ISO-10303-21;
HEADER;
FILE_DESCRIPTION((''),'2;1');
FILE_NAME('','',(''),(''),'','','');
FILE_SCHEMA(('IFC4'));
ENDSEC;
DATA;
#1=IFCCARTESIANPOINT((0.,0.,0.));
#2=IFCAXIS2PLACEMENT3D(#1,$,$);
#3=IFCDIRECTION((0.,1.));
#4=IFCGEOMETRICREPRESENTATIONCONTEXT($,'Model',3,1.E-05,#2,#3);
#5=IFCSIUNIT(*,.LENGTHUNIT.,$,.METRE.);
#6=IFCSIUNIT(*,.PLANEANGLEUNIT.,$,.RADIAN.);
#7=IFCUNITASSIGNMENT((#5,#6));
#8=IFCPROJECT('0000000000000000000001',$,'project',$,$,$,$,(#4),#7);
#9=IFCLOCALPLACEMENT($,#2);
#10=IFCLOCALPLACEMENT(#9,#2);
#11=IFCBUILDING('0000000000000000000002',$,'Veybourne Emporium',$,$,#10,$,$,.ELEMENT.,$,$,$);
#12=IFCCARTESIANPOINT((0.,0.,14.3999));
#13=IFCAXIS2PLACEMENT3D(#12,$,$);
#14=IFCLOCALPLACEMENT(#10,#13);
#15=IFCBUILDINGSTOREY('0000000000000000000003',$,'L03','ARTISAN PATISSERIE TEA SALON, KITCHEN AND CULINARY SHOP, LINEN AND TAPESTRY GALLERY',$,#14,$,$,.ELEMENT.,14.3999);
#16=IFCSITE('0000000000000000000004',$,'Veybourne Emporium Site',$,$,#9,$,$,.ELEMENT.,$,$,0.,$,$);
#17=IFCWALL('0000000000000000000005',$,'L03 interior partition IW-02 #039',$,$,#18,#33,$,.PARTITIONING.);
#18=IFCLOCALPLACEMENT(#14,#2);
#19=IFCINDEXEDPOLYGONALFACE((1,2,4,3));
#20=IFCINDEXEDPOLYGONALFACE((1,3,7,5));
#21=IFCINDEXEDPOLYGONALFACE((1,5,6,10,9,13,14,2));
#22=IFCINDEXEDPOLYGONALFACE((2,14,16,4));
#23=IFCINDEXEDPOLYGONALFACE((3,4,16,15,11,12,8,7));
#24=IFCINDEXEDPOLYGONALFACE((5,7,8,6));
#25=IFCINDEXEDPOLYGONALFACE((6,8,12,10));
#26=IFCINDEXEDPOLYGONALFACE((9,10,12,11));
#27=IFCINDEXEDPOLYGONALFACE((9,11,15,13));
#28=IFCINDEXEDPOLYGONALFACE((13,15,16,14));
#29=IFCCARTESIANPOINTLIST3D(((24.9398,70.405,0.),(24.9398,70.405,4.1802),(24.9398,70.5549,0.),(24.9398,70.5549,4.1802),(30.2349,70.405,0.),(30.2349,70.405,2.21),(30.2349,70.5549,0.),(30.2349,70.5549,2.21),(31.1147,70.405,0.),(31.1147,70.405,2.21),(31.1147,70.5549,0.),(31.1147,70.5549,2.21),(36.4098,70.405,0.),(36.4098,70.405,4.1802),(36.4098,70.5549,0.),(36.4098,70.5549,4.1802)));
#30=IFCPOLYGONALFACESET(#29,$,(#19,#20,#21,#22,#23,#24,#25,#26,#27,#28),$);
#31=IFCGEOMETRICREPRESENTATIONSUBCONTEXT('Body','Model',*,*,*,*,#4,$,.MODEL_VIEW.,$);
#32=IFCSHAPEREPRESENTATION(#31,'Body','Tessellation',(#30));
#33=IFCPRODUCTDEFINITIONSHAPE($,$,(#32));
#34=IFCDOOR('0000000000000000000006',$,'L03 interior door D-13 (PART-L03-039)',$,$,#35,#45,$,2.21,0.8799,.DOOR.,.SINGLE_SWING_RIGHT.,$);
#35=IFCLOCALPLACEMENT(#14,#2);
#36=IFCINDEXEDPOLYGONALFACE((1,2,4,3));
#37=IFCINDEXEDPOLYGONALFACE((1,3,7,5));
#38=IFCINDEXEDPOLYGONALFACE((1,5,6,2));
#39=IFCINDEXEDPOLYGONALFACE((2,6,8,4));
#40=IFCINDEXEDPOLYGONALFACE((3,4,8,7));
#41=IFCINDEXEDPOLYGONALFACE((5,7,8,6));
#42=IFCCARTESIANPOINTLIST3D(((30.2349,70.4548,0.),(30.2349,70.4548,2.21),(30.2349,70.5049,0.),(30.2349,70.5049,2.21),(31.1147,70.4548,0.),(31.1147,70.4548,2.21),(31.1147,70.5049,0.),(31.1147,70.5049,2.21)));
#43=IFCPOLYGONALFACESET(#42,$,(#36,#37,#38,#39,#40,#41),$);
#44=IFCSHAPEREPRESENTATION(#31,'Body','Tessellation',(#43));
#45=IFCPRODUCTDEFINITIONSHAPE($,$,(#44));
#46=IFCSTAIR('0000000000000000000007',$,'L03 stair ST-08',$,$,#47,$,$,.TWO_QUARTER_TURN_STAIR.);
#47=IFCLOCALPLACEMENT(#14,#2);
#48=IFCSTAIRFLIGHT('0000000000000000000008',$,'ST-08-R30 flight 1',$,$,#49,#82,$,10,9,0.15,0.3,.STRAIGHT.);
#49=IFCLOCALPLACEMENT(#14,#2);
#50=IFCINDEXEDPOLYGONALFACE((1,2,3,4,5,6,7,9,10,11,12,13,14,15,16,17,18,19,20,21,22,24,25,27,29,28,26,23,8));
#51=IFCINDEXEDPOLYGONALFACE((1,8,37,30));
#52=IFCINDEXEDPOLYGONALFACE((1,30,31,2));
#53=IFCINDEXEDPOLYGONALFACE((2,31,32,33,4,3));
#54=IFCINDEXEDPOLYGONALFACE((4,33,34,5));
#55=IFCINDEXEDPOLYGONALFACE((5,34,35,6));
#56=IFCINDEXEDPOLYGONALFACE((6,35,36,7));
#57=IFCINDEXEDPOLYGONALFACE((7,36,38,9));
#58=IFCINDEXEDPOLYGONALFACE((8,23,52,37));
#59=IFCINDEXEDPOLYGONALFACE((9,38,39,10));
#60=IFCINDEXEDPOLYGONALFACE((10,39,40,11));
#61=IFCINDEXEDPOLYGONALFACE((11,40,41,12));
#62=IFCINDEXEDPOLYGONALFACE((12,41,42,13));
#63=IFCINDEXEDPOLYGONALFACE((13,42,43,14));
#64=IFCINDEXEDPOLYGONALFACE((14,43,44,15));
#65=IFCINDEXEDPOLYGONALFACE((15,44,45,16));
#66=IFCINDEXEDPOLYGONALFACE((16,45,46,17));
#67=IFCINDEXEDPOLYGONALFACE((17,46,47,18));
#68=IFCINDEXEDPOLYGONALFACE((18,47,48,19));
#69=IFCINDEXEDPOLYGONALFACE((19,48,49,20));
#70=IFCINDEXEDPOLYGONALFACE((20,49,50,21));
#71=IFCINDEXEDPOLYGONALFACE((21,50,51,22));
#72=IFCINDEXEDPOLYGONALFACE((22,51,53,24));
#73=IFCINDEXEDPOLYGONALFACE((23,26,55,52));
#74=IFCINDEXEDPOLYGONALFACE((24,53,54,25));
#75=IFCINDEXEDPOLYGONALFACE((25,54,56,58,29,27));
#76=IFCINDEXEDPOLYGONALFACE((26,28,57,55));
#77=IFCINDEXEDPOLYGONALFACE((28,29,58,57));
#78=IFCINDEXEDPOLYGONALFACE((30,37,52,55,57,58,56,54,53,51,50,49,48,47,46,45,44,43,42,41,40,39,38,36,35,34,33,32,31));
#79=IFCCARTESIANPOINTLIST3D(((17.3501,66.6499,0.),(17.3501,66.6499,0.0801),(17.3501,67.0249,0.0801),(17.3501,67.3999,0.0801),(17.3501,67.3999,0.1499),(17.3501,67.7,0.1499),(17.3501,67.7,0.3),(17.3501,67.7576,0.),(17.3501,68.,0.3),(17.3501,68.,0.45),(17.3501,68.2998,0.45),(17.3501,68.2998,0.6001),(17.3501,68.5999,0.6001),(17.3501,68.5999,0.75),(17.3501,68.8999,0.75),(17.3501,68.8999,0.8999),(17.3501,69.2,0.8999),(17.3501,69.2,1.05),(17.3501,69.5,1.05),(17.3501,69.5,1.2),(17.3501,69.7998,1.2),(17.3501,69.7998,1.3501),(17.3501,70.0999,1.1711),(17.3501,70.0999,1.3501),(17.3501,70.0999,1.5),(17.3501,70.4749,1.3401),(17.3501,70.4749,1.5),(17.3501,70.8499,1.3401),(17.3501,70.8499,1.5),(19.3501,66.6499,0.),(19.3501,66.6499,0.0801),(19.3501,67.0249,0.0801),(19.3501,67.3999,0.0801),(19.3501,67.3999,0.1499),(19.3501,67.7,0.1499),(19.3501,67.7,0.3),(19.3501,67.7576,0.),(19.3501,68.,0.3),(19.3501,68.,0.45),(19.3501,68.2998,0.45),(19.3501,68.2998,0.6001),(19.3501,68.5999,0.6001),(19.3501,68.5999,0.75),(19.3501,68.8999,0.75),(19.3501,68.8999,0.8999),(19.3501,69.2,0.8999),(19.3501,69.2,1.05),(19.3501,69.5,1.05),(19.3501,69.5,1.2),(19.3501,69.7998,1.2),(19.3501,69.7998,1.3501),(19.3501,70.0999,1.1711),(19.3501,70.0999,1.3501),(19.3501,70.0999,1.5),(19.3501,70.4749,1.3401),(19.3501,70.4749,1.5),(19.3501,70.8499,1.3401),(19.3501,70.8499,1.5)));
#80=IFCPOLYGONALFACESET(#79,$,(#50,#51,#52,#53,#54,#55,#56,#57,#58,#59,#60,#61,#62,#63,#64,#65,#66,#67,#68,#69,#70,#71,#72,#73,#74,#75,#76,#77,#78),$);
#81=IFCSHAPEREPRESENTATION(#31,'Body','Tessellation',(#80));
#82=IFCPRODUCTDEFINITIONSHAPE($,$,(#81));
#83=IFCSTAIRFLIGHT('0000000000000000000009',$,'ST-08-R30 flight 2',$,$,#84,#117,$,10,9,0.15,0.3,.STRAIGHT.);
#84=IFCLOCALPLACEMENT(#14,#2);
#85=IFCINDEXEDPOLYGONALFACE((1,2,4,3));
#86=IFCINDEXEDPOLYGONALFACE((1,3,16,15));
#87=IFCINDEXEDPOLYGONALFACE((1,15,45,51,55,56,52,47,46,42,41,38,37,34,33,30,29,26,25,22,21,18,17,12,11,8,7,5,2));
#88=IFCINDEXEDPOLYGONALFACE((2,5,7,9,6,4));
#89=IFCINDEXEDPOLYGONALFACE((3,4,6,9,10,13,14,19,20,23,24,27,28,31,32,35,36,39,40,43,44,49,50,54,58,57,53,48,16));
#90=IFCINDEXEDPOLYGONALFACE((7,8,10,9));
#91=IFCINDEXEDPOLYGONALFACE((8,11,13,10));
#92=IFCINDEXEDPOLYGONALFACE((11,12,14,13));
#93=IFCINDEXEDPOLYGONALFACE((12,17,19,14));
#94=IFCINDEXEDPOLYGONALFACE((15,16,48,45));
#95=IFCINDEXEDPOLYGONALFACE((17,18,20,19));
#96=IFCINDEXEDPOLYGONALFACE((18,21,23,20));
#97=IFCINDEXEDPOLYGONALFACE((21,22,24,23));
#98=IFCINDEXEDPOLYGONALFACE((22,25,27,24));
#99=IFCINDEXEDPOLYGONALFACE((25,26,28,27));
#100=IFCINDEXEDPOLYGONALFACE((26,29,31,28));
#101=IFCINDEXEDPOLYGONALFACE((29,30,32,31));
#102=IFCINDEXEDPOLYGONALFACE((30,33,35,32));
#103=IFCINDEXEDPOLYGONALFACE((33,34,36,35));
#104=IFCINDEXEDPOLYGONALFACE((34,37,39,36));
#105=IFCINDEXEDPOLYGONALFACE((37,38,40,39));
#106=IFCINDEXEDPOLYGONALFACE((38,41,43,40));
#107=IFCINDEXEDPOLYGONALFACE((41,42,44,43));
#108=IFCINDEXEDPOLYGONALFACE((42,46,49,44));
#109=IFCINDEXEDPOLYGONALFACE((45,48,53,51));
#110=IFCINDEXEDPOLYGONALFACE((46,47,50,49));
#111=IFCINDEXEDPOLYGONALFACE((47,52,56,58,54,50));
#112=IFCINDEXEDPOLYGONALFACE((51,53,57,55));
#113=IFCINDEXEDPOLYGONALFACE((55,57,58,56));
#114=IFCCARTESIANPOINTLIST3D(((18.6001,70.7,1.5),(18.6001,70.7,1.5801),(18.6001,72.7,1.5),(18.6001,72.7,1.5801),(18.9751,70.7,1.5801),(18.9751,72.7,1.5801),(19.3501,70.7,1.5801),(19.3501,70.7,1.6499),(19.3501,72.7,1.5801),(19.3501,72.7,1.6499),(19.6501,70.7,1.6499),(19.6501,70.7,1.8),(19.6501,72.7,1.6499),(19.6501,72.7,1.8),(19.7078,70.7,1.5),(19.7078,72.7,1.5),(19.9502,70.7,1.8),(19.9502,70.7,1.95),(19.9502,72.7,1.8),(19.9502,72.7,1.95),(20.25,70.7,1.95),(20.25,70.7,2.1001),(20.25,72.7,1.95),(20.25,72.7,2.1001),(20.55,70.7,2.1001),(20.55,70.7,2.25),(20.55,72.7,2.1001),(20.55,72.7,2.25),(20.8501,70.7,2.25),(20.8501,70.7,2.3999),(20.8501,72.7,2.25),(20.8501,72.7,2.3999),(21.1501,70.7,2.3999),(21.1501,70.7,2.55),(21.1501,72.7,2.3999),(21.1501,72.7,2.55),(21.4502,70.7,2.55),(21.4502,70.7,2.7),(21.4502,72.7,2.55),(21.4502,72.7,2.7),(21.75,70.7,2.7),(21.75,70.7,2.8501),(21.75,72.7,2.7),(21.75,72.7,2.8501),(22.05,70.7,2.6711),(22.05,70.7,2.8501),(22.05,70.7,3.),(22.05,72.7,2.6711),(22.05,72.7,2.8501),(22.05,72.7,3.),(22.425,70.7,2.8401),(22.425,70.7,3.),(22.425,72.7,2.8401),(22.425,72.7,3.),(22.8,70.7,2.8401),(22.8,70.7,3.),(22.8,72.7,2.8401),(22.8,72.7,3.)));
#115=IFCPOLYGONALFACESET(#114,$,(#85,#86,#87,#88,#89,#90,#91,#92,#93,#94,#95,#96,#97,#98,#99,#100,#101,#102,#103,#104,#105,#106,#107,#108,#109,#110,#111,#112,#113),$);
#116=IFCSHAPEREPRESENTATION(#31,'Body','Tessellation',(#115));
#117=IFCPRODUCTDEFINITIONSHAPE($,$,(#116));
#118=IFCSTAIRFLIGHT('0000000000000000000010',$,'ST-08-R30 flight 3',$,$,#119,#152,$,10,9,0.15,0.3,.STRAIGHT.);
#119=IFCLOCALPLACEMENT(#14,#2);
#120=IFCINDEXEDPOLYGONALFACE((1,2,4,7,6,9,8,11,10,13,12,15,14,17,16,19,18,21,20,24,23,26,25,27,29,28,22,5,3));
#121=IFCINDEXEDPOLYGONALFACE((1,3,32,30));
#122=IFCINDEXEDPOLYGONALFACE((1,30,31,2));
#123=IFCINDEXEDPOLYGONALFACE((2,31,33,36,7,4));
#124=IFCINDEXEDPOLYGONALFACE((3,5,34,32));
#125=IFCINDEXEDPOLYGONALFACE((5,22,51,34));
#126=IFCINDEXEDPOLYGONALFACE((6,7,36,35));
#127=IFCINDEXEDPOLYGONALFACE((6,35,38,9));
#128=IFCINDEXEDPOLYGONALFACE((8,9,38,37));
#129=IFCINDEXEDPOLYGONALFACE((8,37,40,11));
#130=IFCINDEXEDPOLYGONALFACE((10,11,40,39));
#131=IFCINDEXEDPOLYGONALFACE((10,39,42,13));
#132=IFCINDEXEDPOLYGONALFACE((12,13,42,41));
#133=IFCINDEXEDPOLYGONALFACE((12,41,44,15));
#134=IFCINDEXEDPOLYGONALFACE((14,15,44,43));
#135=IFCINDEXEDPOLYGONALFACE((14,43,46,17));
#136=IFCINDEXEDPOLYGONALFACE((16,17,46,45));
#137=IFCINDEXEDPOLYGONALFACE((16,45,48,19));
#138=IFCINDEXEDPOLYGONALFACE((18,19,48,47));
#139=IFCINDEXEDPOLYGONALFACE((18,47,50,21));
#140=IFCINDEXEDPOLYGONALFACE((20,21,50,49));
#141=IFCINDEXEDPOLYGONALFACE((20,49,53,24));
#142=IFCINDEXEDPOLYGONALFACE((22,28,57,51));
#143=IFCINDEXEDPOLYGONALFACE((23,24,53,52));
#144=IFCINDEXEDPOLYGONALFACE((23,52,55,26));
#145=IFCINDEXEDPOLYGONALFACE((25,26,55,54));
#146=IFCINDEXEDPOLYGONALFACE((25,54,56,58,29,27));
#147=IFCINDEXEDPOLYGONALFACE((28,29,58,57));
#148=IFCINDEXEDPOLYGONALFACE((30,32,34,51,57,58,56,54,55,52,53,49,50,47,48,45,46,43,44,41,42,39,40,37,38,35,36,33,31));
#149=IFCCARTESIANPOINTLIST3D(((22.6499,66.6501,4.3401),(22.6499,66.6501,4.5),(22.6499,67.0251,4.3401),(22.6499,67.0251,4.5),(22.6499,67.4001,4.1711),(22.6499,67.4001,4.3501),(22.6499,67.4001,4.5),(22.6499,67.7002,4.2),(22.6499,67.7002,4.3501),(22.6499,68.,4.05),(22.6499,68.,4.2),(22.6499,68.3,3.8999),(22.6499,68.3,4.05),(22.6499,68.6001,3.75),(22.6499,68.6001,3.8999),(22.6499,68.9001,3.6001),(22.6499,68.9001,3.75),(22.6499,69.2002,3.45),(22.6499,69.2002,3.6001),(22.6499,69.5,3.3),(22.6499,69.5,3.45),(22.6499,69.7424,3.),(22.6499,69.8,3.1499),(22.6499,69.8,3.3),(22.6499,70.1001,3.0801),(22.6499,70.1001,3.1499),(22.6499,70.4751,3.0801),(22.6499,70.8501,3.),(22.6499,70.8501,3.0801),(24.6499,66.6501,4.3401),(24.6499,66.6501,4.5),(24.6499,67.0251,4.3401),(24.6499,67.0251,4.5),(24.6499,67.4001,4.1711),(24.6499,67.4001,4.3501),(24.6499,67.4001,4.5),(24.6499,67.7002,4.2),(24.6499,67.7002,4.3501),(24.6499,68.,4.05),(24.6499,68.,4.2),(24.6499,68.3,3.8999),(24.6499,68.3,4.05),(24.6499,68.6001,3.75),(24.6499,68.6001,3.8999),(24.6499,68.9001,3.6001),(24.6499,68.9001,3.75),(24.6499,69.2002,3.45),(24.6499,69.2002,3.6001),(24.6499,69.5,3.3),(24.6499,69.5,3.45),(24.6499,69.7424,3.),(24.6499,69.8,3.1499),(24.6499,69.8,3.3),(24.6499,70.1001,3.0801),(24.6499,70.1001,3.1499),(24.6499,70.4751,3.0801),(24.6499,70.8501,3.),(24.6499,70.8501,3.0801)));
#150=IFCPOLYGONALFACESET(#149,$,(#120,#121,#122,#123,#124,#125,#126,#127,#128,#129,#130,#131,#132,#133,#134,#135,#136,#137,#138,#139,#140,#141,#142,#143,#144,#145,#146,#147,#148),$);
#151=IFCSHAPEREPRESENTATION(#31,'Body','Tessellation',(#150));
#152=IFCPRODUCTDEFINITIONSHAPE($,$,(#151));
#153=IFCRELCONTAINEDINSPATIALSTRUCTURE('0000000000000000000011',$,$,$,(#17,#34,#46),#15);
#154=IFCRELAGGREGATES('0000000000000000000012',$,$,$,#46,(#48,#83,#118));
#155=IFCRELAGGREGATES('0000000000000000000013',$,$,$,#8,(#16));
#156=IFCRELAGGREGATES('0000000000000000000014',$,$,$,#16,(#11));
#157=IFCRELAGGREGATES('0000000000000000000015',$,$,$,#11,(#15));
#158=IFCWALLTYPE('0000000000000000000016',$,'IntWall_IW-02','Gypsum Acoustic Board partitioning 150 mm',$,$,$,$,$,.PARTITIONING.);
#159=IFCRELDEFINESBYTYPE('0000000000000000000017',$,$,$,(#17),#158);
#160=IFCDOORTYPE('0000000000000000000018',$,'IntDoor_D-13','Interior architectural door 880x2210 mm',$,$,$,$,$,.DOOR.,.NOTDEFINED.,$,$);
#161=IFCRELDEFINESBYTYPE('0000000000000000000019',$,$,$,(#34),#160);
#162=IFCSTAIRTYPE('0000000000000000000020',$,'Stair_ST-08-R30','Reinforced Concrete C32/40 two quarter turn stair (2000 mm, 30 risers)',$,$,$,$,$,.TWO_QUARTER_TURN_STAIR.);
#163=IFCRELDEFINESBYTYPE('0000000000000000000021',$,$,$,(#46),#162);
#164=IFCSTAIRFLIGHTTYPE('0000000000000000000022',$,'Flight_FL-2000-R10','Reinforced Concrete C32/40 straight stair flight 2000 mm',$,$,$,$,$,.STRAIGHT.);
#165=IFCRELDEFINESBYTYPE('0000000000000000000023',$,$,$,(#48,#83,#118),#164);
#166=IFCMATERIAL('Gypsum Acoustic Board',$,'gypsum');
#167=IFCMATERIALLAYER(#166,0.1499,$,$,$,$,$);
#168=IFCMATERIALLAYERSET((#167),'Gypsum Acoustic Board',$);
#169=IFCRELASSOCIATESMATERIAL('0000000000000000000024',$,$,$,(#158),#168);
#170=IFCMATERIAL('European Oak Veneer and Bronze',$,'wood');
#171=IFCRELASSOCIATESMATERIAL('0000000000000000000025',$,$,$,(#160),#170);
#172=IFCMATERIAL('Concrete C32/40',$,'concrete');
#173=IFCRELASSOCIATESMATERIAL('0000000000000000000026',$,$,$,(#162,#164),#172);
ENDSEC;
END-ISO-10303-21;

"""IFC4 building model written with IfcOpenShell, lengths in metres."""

from ifc_helpers import new_model, si_unit, direction, frame, frame_2d, origin, place, context, subcontext, project, spatial, polyline, rectangle, outline, extrude, material, layer, layer_set, type_object, element, fill, aggregate, save


model = new_model("IFC4")

# Units and contexts
model_context = context("Model", 3, precision=1e-05, world=origin(), true_north=direction((0.0, 1.0)))
body_context = subcontext(model_context, "Body", "Model", "MODEL_VIEW")
ifc_project = project(units=[si_unit("LENGTHUNIT", "METRE"), si_unit("PLANEANGLEUNIT", "RADIAN")], contexts=[model_context])

# Site, building, storey
site_placement = place(None, origin())
site = spatial("IfcSite", under=ifc_project, at=site_placement, Name="Veybourne Emporium Site", CompositionType="ELEMENT", RefElevation=0.0)
building_placement = place(site_placement, origin())
building = spatial("IfcBuilding", under=site, at=building_placement, Name="Veybourne Emporium", CompositionType="ELEMENT")
storey_placement = place(building_placement, frame((0.0, 0.0, 14.3999)))
storey = spatial("IfcBuildingStorey", under=building, at=storey_placement, Name="L03", Description="ARTISAN PATISSERIE TEA SALON, KITCHEN AND CULINARY SHOP, LINEN AND TAPESTRY GALLERY", CompositionType="ELEMENT", Elevation=14.3999)

# Shared definitions
ifc_material_1 = material(Name="Concrete C32/40", Category="concrete")

# Wall, opening, door
ifc_material_2 = material(Name="Gypsum Acoustic Board", Category="gypsum")
ifc_layer_1 = layer(ifc_material_2, 0.1499)
ifc_layer_set_1 = layer_set([ifc_layer_1], Name="Gypsum Acoustic Board")
wall_type_1 = type_object("IfcWallType", Name="IntWall_IW-02", Description="Gypsum Acoustic Board partitioning 150 mm", PredefinedType="PARTITIONING", material=ifc_layer_set_1)
ifc_material_3 = material(Name="European Oak Veneer and Bronze", Category="wood")
wall_1_placement = place(storey_placement, frame((24.9399, 70.48, 0.0), z_axis=(0.0, 0.0, 1.0), x_axis=(1.0, 0.0, 0.0)))
wall_1 = element("IfcWall", 1, at=wall_1_placement, inside=storey, type_object=wall_type_1, Name="L03 interior partition IW-02 #039", PredefinedType="PARTITIONING", context=body_context, shape_type="SweptSolid", body=[
    extrude(rectangle(XDim=11.47, YDim=0.1499, at=frame_2d((5.7349, 0.0))), origin(), (0.0, 0.0, 1.0), 4.1802),
])
opening_1_placement = place(wall_1_placement, frame((5.2949, 0.0, 0.0)))
opening_1 = element("IfcOpeningElement", 2, at=opening_1_placement, cuts=wall_1, PredefinedType="OPENING", context=body_context, shape_type="SweptSolid", body=[
    extrude(rectangle(XDim=0.8799, YDim=2.21, at=frame_2d((0.4399, 1.105))), frame((0.0, 0.095, 0.0), z_axis=(0.0, -1.0, 0.0), x_axis=(1.0, 0.0, 0.0)), (0.0, 0.0, 1.0), 0.1899),
])
door_type_1 = type_object("IfcDoorType", Name="IntDoor_D-13", Description="Interior architectural door 880x2210 mm", OperationType="NOTDEFINED", PredefinedType="DOOR", material=ifc_material_3)
door_1_placement = place(opening_1_placement, origin())
door_1 = element("IfcDoor", 3, at=door_1_placement, inside=storey, type_object=door_type_1, Name="L03 interior door D-13 (PART-L03-039)", OperationType="SINGLE_SWING_RIGHT", OverallHeight=2.21, OverallWidth=0.8799, PredefinedType="DOOR", context=body_context, shape_type="SweptSolid", body=[
    extrude(rectangle(XDim=0.8799, YDim=2.21, at=frame_2d((0.4399, 1.105))), frame((0.0, 0.0249, 0.0), z_axis=(0.0, -1.0, 0.0), x_axis=(1.0, 0.0, 0.0)), (0.0, 0.0, 1.0), 0.05),
])
fill(opening_1, door_1)

# Stair, stair flights
stair_type = type_object("IfcStairType", Name="Stair_ST-08-R30", Description="Reinforced Concrete C32/40 two quarter turn stair (2000 mm, 30 risers)", PredefinedType="TWO_QUARTER_TURN_STAIR", material=ifc_material_1)
stair_placement = place(storey_placement, origin())
stair = element("IfcStair", 4, at=stair_placement, inside=storey, type_object=stair_type, Name="L03 stair ST-08", PredefinedType="TWO_QUARTER_TURN_STAIR")
stair_flight_type = type_object("IfcStairFlightType", Name="Flight_FL-2000-R10", Description="Reinforced Concrete C32/40 straight stair flight 2000 mm", PredefinedType="STRAIGHT", material=ifc_material_1)
stair_flight_1_placement = place(storey_placement, frame((18.3501, 67.3999, 0.0), z_axis=(0.0, 0.0, 1.0), x_axis=(0.0, 1.0, 0.0)))
stair_flight_1 = element("IfcStairFlight", 5, at=stair_flight_1_placement, type_object=stair_flight_type, Name="ST-08-R30 flight 1", NumberOfRisers=10, NumberOfTreads=9, PredefinedType="STRAIGHT", RiserHeight=0.15, TreadLength=0.3, context=body_context, shape_type="SweptSolid", body=[
    extrude(outline(polyline([(-0.75, 0.0), (-0.75, 0.0801), (-0.375, 0.0801), (0.0, 0.0801), (0.0, 0.1499), (0.3, 0.1499), (0.3, 0.3), (0.6001, 0.3), (0.6001, 0.45), (0.8999, 0.45), (0.8999, 0.6001), (1.2, 0.6001), (1.2, 0.75), (1.5, 0.75), (1.5, 0.8999), (1.8, 0.8999), (1.8, 1.05), (2.1001, 1.05), (2.1001, 1.2), (2.3999, 1.2), (2.3999, 1.3501), (2.7, 1.3501), (2.7, 1.5), (3.075, 1.5), (3.45, 1.5), (3.45, 1.3401), (3.075, 1.3401), (2.7, 1.1711), (0.3577, 0.0), (-0.75, 0.0)])), frame((0.0, 1.0, 0.0), z_axis=(0.0, -1.0, 0.0), x_axis=(1.0, 0.0, 0.0)), (0.0, 0.0, 1.0), 2.0),
])
stair_flight_2_placement = place(storey_placement, frame((19.3501, 71.7, 1.5), z_axis=(0.0, 0.0, 1.0), x_axis=(1.0, 0.0, 0.0)))
stair_flight_2 = element("IfcStairFlight", 6, at=stair_flight_2_placement, type_object=stair_flight_type, Name="ST-08-R30 flight 2", NumberOfRisers=10, NumberOfTreads=9, PredefinedType="STRAIGHT", RiserHeight=0.15, TreadLength=0.3, context=body_context, shape_type="SweptSolid", body=[
    extrude(outline(polyline([(-0.75, 0.0), (-0.75, 0.0801), (-0.375, 0.0801), (0.0, 0.0801), (0.0, 0.1499), (0.3, 0.1499), (0.3, 0.3), (0.6001, 0.3), (0.6001, 0.45), (0.8999, 0.45), (0.8999, 0.6001), (1.2, 0.6001), (1.2, 0.75), (1.5, 0.75), (1.5, 0.8999), (1.8, 0.8999), (1.8, 1.05), (2.1001, 1.05), (2.1001, 1.2), (2.3999, 1.2), (2.3999, 1.3501), (2.7, 1.3501), (2.7, 1.5), (3.075, 1.5), (3.45, 1.5), (3.45, 1.3401), (3.075, 1.3401), (2.7, 1.1711), (0.3577, 0.0), (-0.75, 0.0)])), frame((0.0, 1.0, 0.0), z_axis=(0.0, -1.0, 0.0), x_axis=(1.0, 0.0, 0.0)), (0.0, 0.0, 1.0), 2.0),
])
stair_flight_3_placement = place(storey_placement, frame((23.6499, 70.1001, 3.0), z_axis=(0.0, 0.0, 1.0), x_axis=(0.0, -1.0, 0.0)))
stair_flight_3 = element("IfcStairFlight", 7, at=stair_flight_3_placement, type_object=stair_flight_type, Name="ST-08-R30 flight 3", NumberOfRisers=10, NumberOfTreads=9, PredefinedType="STRAIGHT", RiserHeight=0.15, TreadLength=0.3, context=body_context, shape_type="SweptSolid", body=[
    extrude(outline(polyline([(-0.75, 0.0), (-0.75, 0.0801), (-0.375, 0.0801), (0.0, 0.0801), (0.0, 0.1499), (0.3, 0.1499), (0.3, 0.3), (0.6001, 0.3), (0.6001, 0.45), (0.8999, 0.45), (0.8999, 0.6001), (1.2, 0.6001), (1.2, 0.75), (1.5, 0.75), (1.5, 0.8999), (1.8, 0.8999), (1.8, 1.05), (2.1001, 1.05), (2.1001, 1.2), (2.3999, 1.2), (2.3999, 1.3501), (2.7, 1.3501), (2.7, 1.5), (3.075, 1.5), (3.45, 1.5), (3.45, 1.3401), (3.075, 1.3401), (2.7, 1.1711), (0.3577, 0.0), (-0.75, 0.0)])), frame((0.0, 1.0, 0.0), z_axis=(0.0, -1.0, 0.0), x_axis=(1.0, 0.0, 0.0)), (0.0, 0.0, 1.0), 2.0),
])
aggregate(stair, [stair_flight_1, stair_flight_2, stair_flight_3])

save(model, "model.ifc")
